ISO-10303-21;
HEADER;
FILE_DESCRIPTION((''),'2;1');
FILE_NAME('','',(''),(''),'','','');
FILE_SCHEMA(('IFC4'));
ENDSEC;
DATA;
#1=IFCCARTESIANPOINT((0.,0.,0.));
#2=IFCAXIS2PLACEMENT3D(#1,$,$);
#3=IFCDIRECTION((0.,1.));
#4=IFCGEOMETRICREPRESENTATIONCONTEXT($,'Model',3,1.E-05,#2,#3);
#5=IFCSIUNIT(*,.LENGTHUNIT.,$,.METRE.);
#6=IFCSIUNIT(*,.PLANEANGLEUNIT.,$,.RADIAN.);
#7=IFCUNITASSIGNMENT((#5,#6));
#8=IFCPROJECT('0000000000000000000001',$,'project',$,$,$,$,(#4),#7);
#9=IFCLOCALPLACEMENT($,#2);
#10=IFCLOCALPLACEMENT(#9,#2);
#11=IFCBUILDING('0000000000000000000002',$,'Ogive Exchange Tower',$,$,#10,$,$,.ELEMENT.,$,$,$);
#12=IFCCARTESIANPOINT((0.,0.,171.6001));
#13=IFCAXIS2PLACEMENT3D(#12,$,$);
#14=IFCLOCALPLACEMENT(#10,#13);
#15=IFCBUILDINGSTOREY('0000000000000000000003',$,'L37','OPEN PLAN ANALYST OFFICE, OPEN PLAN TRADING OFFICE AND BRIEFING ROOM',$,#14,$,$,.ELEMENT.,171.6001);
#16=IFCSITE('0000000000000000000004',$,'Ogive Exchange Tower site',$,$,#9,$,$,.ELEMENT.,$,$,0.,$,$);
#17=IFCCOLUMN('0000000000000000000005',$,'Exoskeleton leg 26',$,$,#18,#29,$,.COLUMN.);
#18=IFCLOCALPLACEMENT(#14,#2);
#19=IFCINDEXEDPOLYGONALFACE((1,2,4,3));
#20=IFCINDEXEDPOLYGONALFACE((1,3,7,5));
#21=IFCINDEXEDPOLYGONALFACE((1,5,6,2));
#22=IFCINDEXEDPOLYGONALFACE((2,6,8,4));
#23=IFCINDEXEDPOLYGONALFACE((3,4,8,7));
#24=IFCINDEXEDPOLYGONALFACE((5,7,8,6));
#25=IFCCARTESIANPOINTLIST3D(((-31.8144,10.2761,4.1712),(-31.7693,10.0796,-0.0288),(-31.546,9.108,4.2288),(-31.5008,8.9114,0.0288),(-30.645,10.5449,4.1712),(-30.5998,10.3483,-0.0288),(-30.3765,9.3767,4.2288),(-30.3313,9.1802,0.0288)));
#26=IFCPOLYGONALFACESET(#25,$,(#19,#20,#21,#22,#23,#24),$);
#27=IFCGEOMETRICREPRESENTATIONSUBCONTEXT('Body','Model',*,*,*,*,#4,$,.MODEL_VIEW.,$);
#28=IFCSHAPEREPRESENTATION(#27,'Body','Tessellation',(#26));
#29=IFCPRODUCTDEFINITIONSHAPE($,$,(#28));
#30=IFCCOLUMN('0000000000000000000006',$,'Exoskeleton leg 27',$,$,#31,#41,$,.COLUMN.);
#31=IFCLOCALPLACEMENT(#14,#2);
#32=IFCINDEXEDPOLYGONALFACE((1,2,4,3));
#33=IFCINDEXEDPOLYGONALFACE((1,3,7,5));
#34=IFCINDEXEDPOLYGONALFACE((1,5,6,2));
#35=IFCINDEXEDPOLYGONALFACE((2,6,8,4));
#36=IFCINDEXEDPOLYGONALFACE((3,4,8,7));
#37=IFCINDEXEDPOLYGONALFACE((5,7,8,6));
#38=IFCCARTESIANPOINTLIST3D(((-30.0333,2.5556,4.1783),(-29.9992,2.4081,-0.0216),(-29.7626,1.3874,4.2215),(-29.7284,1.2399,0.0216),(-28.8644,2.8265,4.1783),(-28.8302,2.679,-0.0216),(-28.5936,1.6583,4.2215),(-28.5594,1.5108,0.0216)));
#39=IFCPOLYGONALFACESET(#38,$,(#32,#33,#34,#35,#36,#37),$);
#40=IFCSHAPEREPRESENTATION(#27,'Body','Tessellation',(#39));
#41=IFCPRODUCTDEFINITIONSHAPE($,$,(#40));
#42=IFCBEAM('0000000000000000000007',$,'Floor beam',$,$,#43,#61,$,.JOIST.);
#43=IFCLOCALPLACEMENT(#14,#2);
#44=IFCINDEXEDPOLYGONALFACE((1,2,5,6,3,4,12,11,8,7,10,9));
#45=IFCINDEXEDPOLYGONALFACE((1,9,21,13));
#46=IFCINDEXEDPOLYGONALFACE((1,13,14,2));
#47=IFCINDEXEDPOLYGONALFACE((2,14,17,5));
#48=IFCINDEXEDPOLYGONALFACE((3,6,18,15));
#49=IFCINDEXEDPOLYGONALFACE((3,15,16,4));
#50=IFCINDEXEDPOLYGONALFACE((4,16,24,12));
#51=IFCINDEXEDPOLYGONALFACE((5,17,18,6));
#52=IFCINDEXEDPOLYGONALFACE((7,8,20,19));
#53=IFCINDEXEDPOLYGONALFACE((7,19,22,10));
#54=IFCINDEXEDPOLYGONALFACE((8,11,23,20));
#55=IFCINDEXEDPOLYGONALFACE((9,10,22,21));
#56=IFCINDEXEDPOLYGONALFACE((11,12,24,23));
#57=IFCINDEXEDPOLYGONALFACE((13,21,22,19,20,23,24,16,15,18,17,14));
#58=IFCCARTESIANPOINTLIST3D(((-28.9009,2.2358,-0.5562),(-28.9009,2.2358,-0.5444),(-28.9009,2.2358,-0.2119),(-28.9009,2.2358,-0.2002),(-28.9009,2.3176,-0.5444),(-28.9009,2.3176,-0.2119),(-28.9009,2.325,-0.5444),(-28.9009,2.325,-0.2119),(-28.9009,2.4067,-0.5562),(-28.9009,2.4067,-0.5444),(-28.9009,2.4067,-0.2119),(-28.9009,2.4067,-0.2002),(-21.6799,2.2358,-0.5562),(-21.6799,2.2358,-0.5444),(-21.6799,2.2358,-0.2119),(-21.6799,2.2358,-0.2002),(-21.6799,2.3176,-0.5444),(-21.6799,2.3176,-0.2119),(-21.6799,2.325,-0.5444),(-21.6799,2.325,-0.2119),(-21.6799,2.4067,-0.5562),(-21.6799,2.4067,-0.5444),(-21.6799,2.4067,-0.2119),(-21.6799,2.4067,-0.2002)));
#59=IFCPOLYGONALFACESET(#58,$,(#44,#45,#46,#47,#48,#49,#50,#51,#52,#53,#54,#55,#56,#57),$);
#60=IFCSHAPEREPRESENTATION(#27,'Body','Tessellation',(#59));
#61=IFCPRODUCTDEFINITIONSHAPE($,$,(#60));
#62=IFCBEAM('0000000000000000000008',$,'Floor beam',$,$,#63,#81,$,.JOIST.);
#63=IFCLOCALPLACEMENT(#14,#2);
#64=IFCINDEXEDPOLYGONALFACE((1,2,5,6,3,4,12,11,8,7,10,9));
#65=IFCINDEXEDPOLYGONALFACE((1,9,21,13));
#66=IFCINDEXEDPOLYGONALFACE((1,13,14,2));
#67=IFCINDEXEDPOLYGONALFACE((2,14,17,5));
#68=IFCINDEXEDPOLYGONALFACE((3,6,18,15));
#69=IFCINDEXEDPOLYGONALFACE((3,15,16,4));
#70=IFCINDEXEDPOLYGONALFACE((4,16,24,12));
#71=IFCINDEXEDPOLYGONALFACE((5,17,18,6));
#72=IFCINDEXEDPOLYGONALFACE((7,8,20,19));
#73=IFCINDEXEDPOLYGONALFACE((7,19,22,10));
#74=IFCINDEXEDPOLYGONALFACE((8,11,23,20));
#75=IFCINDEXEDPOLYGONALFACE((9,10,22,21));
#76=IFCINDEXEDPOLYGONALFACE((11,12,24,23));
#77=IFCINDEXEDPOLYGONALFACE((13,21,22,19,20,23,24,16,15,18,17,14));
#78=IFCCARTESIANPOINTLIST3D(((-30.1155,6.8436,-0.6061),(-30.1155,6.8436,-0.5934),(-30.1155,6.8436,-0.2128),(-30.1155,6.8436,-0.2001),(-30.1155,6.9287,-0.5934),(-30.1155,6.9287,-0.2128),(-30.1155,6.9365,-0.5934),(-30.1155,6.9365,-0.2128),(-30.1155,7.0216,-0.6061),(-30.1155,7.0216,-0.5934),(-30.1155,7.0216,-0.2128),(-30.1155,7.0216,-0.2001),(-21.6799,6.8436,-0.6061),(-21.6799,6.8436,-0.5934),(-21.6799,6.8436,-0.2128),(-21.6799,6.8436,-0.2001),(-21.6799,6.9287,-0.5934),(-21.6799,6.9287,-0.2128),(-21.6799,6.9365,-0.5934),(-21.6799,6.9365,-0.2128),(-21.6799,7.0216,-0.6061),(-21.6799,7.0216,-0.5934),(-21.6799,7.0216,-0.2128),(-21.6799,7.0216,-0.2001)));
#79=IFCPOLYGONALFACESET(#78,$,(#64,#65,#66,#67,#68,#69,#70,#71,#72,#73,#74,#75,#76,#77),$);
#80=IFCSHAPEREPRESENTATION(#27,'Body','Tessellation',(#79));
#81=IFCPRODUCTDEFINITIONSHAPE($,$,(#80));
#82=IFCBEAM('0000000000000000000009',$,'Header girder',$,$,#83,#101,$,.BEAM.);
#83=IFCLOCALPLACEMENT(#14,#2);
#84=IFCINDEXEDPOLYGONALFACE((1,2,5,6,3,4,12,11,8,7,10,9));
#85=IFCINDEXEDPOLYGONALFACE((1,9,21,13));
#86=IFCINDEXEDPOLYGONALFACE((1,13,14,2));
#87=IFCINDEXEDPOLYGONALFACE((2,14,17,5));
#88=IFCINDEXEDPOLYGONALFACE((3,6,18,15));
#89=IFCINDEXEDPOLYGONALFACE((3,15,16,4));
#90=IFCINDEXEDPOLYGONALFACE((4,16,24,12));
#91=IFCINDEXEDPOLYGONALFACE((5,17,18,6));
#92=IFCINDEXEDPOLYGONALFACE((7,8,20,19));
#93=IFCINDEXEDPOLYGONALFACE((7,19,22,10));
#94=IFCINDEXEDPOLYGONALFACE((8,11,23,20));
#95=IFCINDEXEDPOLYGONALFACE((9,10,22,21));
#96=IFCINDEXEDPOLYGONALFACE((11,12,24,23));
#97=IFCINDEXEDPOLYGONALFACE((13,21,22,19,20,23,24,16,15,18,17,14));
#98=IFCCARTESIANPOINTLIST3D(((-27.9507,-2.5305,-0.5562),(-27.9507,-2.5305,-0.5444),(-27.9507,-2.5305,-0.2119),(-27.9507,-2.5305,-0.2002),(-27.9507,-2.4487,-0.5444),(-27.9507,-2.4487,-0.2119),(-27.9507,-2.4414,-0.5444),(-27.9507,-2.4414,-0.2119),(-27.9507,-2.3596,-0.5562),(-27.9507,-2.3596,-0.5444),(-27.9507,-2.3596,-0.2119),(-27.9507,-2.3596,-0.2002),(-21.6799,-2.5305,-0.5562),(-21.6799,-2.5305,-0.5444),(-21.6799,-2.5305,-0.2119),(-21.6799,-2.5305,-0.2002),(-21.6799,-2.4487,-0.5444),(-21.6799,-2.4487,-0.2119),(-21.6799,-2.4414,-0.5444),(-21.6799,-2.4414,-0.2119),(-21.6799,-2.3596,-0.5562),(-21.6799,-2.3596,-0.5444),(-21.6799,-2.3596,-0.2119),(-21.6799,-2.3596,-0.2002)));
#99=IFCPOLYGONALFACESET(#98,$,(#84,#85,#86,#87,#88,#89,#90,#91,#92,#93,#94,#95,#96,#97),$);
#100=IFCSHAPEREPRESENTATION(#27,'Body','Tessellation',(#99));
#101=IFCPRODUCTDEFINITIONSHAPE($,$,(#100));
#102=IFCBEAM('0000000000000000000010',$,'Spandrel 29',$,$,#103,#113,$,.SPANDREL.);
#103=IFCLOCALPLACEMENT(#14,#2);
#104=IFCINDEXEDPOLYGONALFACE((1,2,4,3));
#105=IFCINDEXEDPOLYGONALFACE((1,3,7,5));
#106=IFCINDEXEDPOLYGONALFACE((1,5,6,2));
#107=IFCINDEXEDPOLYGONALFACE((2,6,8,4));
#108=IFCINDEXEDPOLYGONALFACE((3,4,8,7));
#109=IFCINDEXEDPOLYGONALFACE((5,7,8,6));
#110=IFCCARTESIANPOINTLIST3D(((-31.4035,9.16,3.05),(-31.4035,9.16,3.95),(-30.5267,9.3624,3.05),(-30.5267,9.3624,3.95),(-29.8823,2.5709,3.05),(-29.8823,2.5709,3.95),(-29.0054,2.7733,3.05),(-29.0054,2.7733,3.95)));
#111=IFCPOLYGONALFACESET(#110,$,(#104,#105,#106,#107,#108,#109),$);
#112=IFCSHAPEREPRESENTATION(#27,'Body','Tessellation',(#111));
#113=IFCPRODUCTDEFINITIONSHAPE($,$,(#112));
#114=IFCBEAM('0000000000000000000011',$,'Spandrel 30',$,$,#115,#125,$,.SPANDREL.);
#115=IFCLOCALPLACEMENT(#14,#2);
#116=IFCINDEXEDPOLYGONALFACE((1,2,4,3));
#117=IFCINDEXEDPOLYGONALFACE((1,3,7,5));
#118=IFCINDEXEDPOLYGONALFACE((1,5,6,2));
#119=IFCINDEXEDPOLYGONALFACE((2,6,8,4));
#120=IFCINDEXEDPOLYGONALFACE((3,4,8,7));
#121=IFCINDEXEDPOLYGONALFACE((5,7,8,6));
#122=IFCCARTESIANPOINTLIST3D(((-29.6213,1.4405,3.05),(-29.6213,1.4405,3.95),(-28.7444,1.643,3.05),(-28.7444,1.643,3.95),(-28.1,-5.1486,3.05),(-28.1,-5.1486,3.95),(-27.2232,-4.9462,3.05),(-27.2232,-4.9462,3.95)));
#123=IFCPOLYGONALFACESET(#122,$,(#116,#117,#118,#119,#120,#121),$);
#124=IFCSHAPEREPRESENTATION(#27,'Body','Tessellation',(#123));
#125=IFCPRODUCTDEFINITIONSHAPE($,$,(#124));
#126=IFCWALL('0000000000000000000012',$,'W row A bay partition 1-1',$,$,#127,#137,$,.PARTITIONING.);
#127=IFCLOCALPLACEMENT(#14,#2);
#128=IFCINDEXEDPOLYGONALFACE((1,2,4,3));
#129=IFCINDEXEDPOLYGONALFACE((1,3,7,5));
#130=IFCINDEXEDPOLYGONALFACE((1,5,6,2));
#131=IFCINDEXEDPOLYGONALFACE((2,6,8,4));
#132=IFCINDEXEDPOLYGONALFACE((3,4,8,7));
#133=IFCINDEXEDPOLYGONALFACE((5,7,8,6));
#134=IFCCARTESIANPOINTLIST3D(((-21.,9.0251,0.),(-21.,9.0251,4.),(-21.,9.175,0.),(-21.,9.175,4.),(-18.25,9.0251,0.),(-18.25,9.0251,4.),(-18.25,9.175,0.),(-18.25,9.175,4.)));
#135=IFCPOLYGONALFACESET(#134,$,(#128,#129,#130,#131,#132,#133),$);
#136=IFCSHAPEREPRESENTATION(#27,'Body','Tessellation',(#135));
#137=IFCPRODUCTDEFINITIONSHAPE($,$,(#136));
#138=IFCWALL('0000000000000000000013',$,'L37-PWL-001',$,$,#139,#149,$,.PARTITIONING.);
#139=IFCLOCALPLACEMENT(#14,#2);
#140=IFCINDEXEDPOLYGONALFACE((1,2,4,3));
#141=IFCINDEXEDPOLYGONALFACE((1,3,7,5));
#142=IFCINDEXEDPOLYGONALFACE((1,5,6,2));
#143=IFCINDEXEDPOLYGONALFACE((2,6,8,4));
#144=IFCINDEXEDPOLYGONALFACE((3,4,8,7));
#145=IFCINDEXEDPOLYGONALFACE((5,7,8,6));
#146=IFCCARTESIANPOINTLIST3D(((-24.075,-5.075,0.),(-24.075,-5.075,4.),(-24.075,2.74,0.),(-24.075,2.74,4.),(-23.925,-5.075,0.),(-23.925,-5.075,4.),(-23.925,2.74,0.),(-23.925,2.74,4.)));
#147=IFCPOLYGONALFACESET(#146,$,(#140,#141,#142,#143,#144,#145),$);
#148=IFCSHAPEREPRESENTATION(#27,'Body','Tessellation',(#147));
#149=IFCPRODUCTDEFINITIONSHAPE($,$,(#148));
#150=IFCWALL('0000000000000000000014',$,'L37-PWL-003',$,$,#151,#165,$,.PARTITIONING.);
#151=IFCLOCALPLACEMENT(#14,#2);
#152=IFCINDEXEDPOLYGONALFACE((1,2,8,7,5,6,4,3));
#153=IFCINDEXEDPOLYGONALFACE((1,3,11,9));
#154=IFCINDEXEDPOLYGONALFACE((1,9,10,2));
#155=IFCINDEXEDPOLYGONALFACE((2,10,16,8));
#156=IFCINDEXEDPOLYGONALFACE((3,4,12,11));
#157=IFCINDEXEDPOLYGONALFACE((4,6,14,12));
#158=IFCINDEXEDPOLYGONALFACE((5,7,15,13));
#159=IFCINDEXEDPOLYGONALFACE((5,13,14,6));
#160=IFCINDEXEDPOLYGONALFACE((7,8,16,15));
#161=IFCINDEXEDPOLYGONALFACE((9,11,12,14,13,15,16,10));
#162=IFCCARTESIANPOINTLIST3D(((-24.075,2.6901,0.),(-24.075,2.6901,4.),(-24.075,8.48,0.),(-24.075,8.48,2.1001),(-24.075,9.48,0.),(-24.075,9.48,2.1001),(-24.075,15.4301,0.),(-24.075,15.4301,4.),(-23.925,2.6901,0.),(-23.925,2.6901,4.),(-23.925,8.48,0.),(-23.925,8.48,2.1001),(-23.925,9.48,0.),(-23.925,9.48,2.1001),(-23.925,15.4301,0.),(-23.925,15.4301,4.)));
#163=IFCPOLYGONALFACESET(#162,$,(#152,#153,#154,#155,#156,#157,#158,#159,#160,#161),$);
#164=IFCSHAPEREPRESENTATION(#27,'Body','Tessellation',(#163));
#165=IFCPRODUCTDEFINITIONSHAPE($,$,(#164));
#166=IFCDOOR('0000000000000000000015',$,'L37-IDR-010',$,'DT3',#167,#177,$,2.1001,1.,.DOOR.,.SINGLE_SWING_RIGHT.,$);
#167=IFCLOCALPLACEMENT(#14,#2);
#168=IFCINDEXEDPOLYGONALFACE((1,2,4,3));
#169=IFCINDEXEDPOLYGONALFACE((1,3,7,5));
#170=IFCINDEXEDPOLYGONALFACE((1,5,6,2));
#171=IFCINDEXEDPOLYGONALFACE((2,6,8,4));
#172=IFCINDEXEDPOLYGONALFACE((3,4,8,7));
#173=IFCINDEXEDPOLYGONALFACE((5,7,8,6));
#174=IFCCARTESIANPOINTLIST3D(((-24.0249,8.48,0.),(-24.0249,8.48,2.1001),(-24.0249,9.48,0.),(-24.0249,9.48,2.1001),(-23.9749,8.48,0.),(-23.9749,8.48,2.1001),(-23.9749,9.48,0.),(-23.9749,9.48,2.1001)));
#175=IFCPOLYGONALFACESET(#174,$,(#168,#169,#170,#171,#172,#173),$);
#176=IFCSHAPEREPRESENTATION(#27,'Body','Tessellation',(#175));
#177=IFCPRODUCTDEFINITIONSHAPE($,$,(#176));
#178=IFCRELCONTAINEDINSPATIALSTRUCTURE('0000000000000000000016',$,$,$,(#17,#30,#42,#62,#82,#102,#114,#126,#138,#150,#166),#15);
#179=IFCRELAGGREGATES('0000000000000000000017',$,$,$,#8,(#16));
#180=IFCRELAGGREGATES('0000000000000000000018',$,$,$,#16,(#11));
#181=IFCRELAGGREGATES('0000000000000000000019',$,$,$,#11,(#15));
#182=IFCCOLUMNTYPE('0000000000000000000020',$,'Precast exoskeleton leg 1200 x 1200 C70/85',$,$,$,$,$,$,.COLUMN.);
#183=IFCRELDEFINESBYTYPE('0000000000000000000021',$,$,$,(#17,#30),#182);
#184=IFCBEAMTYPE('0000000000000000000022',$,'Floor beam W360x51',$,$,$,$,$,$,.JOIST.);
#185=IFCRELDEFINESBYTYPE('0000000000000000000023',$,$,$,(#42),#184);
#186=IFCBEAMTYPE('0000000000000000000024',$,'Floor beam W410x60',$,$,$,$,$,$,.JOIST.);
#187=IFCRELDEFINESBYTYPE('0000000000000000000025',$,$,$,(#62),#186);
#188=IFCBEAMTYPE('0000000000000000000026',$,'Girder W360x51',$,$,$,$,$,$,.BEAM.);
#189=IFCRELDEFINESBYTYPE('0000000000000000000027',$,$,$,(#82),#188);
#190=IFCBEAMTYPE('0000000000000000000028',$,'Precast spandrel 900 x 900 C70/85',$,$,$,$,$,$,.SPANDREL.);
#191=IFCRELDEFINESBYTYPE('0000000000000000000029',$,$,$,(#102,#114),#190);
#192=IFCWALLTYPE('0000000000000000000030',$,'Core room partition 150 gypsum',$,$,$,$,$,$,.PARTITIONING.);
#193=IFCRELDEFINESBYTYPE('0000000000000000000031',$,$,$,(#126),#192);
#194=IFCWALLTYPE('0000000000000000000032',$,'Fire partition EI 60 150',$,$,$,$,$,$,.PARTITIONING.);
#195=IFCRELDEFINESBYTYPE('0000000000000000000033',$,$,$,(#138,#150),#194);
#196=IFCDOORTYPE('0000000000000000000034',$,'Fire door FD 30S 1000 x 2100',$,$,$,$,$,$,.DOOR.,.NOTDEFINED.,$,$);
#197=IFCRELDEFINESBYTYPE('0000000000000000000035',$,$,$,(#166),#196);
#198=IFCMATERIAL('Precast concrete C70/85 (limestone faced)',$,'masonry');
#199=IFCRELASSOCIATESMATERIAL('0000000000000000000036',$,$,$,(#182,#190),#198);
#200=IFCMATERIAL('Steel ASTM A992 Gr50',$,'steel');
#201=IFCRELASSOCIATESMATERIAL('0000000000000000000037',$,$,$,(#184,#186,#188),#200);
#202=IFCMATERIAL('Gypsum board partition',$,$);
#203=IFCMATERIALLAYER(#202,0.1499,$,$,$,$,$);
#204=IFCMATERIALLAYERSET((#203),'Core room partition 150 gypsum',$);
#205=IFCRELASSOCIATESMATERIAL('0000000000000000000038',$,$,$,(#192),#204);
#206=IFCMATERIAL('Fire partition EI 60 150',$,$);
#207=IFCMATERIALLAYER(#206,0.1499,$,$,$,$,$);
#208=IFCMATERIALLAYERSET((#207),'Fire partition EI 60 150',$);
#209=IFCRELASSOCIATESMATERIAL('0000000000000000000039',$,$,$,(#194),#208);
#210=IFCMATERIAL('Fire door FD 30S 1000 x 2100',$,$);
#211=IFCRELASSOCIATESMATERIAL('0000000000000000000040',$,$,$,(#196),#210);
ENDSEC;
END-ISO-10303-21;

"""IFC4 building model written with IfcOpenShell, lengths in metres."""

from ifc_helpers import new_model, si_unit, direction, frame, frame_2d, origin, origin_2d, place, context, subcontext, project, spatial, rectangle, i_section, extrude, material, layer, layer_set, material_profile, profile_set, type_object, element, fill, save


model = new_model("IFC4")

# Units and contexts
model_context = context("Model", 3, precision=1e-05, world=origin(), true_north=direction((0.0, 1.0)))
body_context = subcontext(model_context, "Body", "Model", "MODEL_VIEW")
ifc_project = project(units=[si_unit("LENGTHUNIT", "METRE"), si_unit("PLANEANGLEUNIT", "RADIAN")], contexts=[model_context])

# Site, building, storey
site_placement = place(None, origin())
site = spatial("IfcSite", under=ifc_project, at=site_placement, Name="Ogive Exchange Tower site", CompositionType="ELEMENT", RefElevation=0.0)
building_placement = place(site_placement, origin())
building = spatial("IfcBuilding", under=site, at=building_placement, Name="Ogive Exchange Tower", CompositionType="ELEMENT")
storey_placement = place(building_placement, frame((0.0, 0.0, 171.6001)))
storey = spatial("IfcBuildingStorey", under=building, at=storey_placement, Name="L37", Description="OPEN PLAN ANALYST OFFICE, OPEN PLAN TRADING OFFICE AND BRIEFING ROOM", CompositionType="ELEMENT", Elevation=171.6001)

# Columns
ifc_material_1 = material(Name="Precast concrete C70/85 (limestone faced)", Category="masonry")
ifc_material_profile_1 = material_profile(ifc_material_1, rectangle(XDim=1.2, YDim=1.2, at=origin_2d()), Name="1200 x 1200")
ifc_profile_set_1 = profile_set([ifc_material_profile_1], Name="Precast concrete C70/85 (limestone faced)")
column_type = type_object("IfcColumnType", Name="Precast exoskeleton leg 1200 x 1200 C70/85", PredefinedType="COLUMN", material=ifc_profile_set_1)
column_1_placement = place(storey_placement, frame((-31.0503, 9.6299, 0.0), z_axis=(-0.010742, 0.04674, 0.998849), x_axis=(-0.974595, -0.223975, 0.0)))
element("IfcColumn", 1, at=column_1_placement, inside=storey, type_object=column_type, Name="Exoskeleton leg 26", PredefinedType="COLUMN", context=body_context, shape_type="SweptSolid", body=[
    extrude(rectangle(XDim=1.2, YDim=1.2, at=origin_2d()), origin(), (0.0, 0.0, 1.0), 4.2048),
])
column_2_placement = place(storey_placement, frame((-29.2793, 1.9595, 0.0), z_axis=(-0.008133, 0.035087, 0.999351), x_axis=(-0.974173, -0.225802, 0.0)))
element("IfcColumn", 2, at=column_2_placement, inside=storey, type_object=column_type, Name="Exoskeleton leg 27", PredefinedType="COLUMN", context=body_context, shape_type="SweptSolid", body=[
    extrude(rectangle(XDim=1.2, YDim=1.2, at=origin_2d()), origin(), (0.0, 0.0, 1.0), 4.2026),
])

# Beams
ifc_material_2 = material(Name="Steel ASTM A992 Gr50", Category="steel")
ifc_material_profile_2 = material_profile(ifc_material_2, i_section(OverallWidth=0.1709, OverallDepth=0.356, WebThickness=0.0073, FlangeThickness=0.0117, at=origin_2d()), Name="W360x51")
ifc_profile_set_2 = profile_set([ifc_material_profile_2], Name="Steel ASTM A992 Gr50")
beam_type_1 = type_object("IfcBeamType", Name="Floor beam W360x51", PredefinedType="JOIST", material=ifc_profile_set_2)
beam_1_placement = place(storey_placement, frame((-28.9009, 2.3213, -0.3782), z_axis=(1.0, 0.0, 0.0), x_axis=(0.0, 1.0, 0.0)))
element("IfcBeam", 3, at=beam_1_placement, inside=storey, type_object=beam_type_1, Name="Floor beam", PredefinedType="JOIST", context=body_context, shape_type="SweptSolid", body=[
    extrude(i_section(OverallWidth=0.1709, OverallDepth=0.356, WebThickness=0.0073, FlangeThickness=0.0117, at=origin_2d()), origin(), (0.0, 0.0, 1.0), 7.2209),
])
ifc_material_profile_3 = material_profile(ifc_material_2, i_section(OverallWidth=0.178, OverallDepth=0.406, WebThickness=0.0078, FlangeThickness=0.0127, at=origin_2d()), Name="W410x60")
ifc_profile_set_3 = profile_set([ifc_material_profile_3], Name="Steel ASTM A992 Gr50")
beam_type_2 = type_object("IfcBeamType", Name="Floor beam W410x60", PredefinedType="JOIST", material=ifc_profile_set_3)
beam_2_placement = place(storey_placement, frame((-30.1155, 6.9326, -0.4031), z_axis=(1.0, 0.0, 0.0), x_axis=(0.0, 1.0, 0.0)))
element("IfcBeam", 4, at=beam_2_placement, inside=storey, type_object=beam_type_2, Name="Floor beam", PredefinedType="JOIST", context=body_context, shape_type="SweptSolid", body=[
    extrude(i_section(OverallWidth=0.178, OverallDepth=0.406, WebThickness=0.0078, FlangeThickness=0.0127, at=origin_2d()), origin(), (0.0, 0.0, 1.0), 8.4355),
])
ifc_material_profile_4 = material_profile(ifc_material_2, i_section(OverallWidth=0.1709, OverallDepth=0.356, WebThickness=0.0073, FlangeThickness=0.0117, at=origin_2d()), Name="W360x51")
ifc_profile_set_4 = profile_set([ifc_material_profile_4], Name="Steel ASTM A992 Gr50")
beam_type_3 = type_object("IfcBeamType", Name="Girder W360x51", PredefinedType="BEAM", material=ifc_profile_set_4)
beam_3_placement = place(storey_placement, frame((-27.9507, -2.4451, -0.3782), z_axis=(1.0, 0.0, 0.0), x_axis=(0.0, 1.0, 0.0)))
element("IfcBeam", 5, at=beam_3_placement, inside=storey, type_object=beam_type_3, Name="Header girder", PredefinedType="BEAM", context=body_context, shape_type="SweptSolid", body=[
    extrude(i_section(OverallWidth=0.1709, OverallDepth=0.356, WebThickness=0.0073, FlangeThickness=0.0117, at=origin_2d()), origin(), (0.0, 0.0, 1.0), 6.2708),
])
ifc_material_profile_5 = material_profile(ifc_material_1, rectangle(XDim=0.8999, YDim=0.8999, at=origin_2d()), Name="900 x 900")
ifc_profile_set_5 = profile_set([ifc_material_profile_5], Name="Precast concrete C70/85 (limestone faced)")
beam_type_4 = type_object("IfcBeamType", Name="Precast spandrel 900 x 900 C70/85", PredefinedType="SPANDREL", material=ifc_profile_set_5)
for number, where, z_axis, x_axis, name in (
    (6, (-30.9651, 9.2612, 3.5), (0.224954, -0.974369, 0.0), (0.974369, 0.224954, 0.0), "Spandrel 29"),
    (7, (-29.1829, 1.5417, 3.5), (0.224954, -0.974369, 0.0), (0.974369, 0.224954, 0.0), "Spandrel 30"),
):
    element("IfcBeam", number, at=place(storey_placement, frame(where, z_axis=z_axis, x_axis=x_axis)), inside=storey, type_object=beam_type_4, Name=name, PredefinedType="SPANDREL", context=body_context, shape_type="SweptSolid", body=[
        extrude(rectangle(XDim=0.8999, YDim=0.8999, at=origin_2d()), origin(), (0.0, 0.0, 1.0), 6.7625),
    ])

# Walls
ifc_material_3 = material(Name="Gypsum board partition")
ifc_layer_1 = layer(ifc_material_3, 0.1499)
ifc_layer_set_1 = layer_set([ifc_layer_1], Name="Core room partition 150 gypsum")
wall_type_1 = type_object("IfcWallType", Name="Core room partition 150 gypsum", PredefinedType="PARTITIONING", material=ifc_layer_set_1)
wall_1_placement = place(storey_placement, frame((-21.0, 9.1001, 0.0), z_axis=(0.0, 0.0, 1.0), x_axis=(1.0, 0.0, 0.0)))
element("IfcWall", 8, at=wall_1_placement, inside=storey, type_object=wall_type_1, Name="W row A bay partition 1-1", PredefinedType="PARTITIONING", context=body_context, shape_type="SweptSolid", body=[
    extrude(rectangle(XDim=2.75, YDim=0.1499, at=frame_2d((1.375, 0.0))), origin(), (0.0, 0.0, 1.0), 4.0),
])
ifc_material_4 = material(Name="Fire partition EI 60 150")
ifc_layer_2 = layer(ifc_material_4, 0.1499)
ifc_layer_set_2 = layer_set([ifc_layer_2], Name="Fire partition EI 60 150")
wall_type_2 = type_object("IfcWallType", Name="Fire partition EI 60 150", PredefinedType="PARTITIONING", material=ifc_layer_set_2)
wall_2_placement = place(storey_placement, frame((-24.0, -5.075, 0.0), z_axis=(0.0, 0.0, 1.0), x_axis=(0.0, 1.0, 0.0)))
element("IfcWall", 9, at=wall_2_placement, inside=storey, type_object=wall_type_2, Name="L37-PWL-001", PredefinedType="PARTITIONING", context=body_context, shape_type="SweptSolid", body=[
    extrude(rectangle(XDim=7.8149, YDim=0.1499, at=frame_2d((3.9075, 0.0))), origin(), (0.0, 0.0, 1.0), 4.0),
])

# Wall, opening, door
wall_3_placement = place(storey_placement, frame((-24.0, 2.6899, 0.0), z_axis=(0.0, 0.0, 1.0), x_axis=(0.0, 1.0, 0.0)))
wall_3 = element("IfcWall", 10, at=wall_3_placement, inside=storey, type_object=wall_type_2, Name="L37-PWL-003", PredefinedType="PARTITIONING", context=body_context, shape_type="SweptSolid", body=[
    extrude(rectangle(XDim=12.74, YDim=0.1499, at=frame_2d((6.3701, 0.0))), origin(), (0.0, 0.0, 1.0), 4.0),
])
opening_1_placement = place(wall_3_placement, frame((5.79, 0.0, 0.0)))
opening_1 = element("IfcOpeningElement", 11, at=opening_1_placement, cuts=wall_3, PredefinedType="OPENING", context=body_context, shape_type="SweptSolid", body=[
    extrude(rectangle(XDim=1.0, YDim=2.1001, at=frame_2d((0.5, 1.05))), frame((0.0, 0.085, 0.0), z_axis=(0.0, -1.0, 0.0), x_axis=(1.0, 0.0, 0.0)), (0.0, 0.0, 1.0), 0.1699),
])
ifc_material_5 = material(Name="Fire door FD 30S 1000 x 2100")
door_type_1 = type_object("IfcDoorType", Name="Fire door FD 30S 1000 x 2100", OperationType="NOTDEFINED", PredefinedType="DOOR", material=ifc_material_5)
door_1_placement = place(opening_1_placement, origin())
door_1 = element("IfcDoor", 12, at=door_1_placement, inside=storey, type_object=door_type_1, Name="L37-IDR-010", ObjectType="DT3", OperationType="SINGLE_SWING_RIGHT", OverallHeight=2.1001, OverallWidth=1.0, PredefinedType="DOOR", context=body_context, shape_type="SweptSolid", body=[
    extrude(rectangle(XDim=1.0, YDim=2.1001, at=frame_2d((0.5, 1.05))), frame((0.0, 0.0249, 0.0), z_axis=(0.0, -1.0, 0.0), x_axis=(1.0, 0.0, 0.0)), (0.0, 0.0, 1.0), 0.05),
])
fill(opening_1, door_1)

save(model, "model.ifc")
